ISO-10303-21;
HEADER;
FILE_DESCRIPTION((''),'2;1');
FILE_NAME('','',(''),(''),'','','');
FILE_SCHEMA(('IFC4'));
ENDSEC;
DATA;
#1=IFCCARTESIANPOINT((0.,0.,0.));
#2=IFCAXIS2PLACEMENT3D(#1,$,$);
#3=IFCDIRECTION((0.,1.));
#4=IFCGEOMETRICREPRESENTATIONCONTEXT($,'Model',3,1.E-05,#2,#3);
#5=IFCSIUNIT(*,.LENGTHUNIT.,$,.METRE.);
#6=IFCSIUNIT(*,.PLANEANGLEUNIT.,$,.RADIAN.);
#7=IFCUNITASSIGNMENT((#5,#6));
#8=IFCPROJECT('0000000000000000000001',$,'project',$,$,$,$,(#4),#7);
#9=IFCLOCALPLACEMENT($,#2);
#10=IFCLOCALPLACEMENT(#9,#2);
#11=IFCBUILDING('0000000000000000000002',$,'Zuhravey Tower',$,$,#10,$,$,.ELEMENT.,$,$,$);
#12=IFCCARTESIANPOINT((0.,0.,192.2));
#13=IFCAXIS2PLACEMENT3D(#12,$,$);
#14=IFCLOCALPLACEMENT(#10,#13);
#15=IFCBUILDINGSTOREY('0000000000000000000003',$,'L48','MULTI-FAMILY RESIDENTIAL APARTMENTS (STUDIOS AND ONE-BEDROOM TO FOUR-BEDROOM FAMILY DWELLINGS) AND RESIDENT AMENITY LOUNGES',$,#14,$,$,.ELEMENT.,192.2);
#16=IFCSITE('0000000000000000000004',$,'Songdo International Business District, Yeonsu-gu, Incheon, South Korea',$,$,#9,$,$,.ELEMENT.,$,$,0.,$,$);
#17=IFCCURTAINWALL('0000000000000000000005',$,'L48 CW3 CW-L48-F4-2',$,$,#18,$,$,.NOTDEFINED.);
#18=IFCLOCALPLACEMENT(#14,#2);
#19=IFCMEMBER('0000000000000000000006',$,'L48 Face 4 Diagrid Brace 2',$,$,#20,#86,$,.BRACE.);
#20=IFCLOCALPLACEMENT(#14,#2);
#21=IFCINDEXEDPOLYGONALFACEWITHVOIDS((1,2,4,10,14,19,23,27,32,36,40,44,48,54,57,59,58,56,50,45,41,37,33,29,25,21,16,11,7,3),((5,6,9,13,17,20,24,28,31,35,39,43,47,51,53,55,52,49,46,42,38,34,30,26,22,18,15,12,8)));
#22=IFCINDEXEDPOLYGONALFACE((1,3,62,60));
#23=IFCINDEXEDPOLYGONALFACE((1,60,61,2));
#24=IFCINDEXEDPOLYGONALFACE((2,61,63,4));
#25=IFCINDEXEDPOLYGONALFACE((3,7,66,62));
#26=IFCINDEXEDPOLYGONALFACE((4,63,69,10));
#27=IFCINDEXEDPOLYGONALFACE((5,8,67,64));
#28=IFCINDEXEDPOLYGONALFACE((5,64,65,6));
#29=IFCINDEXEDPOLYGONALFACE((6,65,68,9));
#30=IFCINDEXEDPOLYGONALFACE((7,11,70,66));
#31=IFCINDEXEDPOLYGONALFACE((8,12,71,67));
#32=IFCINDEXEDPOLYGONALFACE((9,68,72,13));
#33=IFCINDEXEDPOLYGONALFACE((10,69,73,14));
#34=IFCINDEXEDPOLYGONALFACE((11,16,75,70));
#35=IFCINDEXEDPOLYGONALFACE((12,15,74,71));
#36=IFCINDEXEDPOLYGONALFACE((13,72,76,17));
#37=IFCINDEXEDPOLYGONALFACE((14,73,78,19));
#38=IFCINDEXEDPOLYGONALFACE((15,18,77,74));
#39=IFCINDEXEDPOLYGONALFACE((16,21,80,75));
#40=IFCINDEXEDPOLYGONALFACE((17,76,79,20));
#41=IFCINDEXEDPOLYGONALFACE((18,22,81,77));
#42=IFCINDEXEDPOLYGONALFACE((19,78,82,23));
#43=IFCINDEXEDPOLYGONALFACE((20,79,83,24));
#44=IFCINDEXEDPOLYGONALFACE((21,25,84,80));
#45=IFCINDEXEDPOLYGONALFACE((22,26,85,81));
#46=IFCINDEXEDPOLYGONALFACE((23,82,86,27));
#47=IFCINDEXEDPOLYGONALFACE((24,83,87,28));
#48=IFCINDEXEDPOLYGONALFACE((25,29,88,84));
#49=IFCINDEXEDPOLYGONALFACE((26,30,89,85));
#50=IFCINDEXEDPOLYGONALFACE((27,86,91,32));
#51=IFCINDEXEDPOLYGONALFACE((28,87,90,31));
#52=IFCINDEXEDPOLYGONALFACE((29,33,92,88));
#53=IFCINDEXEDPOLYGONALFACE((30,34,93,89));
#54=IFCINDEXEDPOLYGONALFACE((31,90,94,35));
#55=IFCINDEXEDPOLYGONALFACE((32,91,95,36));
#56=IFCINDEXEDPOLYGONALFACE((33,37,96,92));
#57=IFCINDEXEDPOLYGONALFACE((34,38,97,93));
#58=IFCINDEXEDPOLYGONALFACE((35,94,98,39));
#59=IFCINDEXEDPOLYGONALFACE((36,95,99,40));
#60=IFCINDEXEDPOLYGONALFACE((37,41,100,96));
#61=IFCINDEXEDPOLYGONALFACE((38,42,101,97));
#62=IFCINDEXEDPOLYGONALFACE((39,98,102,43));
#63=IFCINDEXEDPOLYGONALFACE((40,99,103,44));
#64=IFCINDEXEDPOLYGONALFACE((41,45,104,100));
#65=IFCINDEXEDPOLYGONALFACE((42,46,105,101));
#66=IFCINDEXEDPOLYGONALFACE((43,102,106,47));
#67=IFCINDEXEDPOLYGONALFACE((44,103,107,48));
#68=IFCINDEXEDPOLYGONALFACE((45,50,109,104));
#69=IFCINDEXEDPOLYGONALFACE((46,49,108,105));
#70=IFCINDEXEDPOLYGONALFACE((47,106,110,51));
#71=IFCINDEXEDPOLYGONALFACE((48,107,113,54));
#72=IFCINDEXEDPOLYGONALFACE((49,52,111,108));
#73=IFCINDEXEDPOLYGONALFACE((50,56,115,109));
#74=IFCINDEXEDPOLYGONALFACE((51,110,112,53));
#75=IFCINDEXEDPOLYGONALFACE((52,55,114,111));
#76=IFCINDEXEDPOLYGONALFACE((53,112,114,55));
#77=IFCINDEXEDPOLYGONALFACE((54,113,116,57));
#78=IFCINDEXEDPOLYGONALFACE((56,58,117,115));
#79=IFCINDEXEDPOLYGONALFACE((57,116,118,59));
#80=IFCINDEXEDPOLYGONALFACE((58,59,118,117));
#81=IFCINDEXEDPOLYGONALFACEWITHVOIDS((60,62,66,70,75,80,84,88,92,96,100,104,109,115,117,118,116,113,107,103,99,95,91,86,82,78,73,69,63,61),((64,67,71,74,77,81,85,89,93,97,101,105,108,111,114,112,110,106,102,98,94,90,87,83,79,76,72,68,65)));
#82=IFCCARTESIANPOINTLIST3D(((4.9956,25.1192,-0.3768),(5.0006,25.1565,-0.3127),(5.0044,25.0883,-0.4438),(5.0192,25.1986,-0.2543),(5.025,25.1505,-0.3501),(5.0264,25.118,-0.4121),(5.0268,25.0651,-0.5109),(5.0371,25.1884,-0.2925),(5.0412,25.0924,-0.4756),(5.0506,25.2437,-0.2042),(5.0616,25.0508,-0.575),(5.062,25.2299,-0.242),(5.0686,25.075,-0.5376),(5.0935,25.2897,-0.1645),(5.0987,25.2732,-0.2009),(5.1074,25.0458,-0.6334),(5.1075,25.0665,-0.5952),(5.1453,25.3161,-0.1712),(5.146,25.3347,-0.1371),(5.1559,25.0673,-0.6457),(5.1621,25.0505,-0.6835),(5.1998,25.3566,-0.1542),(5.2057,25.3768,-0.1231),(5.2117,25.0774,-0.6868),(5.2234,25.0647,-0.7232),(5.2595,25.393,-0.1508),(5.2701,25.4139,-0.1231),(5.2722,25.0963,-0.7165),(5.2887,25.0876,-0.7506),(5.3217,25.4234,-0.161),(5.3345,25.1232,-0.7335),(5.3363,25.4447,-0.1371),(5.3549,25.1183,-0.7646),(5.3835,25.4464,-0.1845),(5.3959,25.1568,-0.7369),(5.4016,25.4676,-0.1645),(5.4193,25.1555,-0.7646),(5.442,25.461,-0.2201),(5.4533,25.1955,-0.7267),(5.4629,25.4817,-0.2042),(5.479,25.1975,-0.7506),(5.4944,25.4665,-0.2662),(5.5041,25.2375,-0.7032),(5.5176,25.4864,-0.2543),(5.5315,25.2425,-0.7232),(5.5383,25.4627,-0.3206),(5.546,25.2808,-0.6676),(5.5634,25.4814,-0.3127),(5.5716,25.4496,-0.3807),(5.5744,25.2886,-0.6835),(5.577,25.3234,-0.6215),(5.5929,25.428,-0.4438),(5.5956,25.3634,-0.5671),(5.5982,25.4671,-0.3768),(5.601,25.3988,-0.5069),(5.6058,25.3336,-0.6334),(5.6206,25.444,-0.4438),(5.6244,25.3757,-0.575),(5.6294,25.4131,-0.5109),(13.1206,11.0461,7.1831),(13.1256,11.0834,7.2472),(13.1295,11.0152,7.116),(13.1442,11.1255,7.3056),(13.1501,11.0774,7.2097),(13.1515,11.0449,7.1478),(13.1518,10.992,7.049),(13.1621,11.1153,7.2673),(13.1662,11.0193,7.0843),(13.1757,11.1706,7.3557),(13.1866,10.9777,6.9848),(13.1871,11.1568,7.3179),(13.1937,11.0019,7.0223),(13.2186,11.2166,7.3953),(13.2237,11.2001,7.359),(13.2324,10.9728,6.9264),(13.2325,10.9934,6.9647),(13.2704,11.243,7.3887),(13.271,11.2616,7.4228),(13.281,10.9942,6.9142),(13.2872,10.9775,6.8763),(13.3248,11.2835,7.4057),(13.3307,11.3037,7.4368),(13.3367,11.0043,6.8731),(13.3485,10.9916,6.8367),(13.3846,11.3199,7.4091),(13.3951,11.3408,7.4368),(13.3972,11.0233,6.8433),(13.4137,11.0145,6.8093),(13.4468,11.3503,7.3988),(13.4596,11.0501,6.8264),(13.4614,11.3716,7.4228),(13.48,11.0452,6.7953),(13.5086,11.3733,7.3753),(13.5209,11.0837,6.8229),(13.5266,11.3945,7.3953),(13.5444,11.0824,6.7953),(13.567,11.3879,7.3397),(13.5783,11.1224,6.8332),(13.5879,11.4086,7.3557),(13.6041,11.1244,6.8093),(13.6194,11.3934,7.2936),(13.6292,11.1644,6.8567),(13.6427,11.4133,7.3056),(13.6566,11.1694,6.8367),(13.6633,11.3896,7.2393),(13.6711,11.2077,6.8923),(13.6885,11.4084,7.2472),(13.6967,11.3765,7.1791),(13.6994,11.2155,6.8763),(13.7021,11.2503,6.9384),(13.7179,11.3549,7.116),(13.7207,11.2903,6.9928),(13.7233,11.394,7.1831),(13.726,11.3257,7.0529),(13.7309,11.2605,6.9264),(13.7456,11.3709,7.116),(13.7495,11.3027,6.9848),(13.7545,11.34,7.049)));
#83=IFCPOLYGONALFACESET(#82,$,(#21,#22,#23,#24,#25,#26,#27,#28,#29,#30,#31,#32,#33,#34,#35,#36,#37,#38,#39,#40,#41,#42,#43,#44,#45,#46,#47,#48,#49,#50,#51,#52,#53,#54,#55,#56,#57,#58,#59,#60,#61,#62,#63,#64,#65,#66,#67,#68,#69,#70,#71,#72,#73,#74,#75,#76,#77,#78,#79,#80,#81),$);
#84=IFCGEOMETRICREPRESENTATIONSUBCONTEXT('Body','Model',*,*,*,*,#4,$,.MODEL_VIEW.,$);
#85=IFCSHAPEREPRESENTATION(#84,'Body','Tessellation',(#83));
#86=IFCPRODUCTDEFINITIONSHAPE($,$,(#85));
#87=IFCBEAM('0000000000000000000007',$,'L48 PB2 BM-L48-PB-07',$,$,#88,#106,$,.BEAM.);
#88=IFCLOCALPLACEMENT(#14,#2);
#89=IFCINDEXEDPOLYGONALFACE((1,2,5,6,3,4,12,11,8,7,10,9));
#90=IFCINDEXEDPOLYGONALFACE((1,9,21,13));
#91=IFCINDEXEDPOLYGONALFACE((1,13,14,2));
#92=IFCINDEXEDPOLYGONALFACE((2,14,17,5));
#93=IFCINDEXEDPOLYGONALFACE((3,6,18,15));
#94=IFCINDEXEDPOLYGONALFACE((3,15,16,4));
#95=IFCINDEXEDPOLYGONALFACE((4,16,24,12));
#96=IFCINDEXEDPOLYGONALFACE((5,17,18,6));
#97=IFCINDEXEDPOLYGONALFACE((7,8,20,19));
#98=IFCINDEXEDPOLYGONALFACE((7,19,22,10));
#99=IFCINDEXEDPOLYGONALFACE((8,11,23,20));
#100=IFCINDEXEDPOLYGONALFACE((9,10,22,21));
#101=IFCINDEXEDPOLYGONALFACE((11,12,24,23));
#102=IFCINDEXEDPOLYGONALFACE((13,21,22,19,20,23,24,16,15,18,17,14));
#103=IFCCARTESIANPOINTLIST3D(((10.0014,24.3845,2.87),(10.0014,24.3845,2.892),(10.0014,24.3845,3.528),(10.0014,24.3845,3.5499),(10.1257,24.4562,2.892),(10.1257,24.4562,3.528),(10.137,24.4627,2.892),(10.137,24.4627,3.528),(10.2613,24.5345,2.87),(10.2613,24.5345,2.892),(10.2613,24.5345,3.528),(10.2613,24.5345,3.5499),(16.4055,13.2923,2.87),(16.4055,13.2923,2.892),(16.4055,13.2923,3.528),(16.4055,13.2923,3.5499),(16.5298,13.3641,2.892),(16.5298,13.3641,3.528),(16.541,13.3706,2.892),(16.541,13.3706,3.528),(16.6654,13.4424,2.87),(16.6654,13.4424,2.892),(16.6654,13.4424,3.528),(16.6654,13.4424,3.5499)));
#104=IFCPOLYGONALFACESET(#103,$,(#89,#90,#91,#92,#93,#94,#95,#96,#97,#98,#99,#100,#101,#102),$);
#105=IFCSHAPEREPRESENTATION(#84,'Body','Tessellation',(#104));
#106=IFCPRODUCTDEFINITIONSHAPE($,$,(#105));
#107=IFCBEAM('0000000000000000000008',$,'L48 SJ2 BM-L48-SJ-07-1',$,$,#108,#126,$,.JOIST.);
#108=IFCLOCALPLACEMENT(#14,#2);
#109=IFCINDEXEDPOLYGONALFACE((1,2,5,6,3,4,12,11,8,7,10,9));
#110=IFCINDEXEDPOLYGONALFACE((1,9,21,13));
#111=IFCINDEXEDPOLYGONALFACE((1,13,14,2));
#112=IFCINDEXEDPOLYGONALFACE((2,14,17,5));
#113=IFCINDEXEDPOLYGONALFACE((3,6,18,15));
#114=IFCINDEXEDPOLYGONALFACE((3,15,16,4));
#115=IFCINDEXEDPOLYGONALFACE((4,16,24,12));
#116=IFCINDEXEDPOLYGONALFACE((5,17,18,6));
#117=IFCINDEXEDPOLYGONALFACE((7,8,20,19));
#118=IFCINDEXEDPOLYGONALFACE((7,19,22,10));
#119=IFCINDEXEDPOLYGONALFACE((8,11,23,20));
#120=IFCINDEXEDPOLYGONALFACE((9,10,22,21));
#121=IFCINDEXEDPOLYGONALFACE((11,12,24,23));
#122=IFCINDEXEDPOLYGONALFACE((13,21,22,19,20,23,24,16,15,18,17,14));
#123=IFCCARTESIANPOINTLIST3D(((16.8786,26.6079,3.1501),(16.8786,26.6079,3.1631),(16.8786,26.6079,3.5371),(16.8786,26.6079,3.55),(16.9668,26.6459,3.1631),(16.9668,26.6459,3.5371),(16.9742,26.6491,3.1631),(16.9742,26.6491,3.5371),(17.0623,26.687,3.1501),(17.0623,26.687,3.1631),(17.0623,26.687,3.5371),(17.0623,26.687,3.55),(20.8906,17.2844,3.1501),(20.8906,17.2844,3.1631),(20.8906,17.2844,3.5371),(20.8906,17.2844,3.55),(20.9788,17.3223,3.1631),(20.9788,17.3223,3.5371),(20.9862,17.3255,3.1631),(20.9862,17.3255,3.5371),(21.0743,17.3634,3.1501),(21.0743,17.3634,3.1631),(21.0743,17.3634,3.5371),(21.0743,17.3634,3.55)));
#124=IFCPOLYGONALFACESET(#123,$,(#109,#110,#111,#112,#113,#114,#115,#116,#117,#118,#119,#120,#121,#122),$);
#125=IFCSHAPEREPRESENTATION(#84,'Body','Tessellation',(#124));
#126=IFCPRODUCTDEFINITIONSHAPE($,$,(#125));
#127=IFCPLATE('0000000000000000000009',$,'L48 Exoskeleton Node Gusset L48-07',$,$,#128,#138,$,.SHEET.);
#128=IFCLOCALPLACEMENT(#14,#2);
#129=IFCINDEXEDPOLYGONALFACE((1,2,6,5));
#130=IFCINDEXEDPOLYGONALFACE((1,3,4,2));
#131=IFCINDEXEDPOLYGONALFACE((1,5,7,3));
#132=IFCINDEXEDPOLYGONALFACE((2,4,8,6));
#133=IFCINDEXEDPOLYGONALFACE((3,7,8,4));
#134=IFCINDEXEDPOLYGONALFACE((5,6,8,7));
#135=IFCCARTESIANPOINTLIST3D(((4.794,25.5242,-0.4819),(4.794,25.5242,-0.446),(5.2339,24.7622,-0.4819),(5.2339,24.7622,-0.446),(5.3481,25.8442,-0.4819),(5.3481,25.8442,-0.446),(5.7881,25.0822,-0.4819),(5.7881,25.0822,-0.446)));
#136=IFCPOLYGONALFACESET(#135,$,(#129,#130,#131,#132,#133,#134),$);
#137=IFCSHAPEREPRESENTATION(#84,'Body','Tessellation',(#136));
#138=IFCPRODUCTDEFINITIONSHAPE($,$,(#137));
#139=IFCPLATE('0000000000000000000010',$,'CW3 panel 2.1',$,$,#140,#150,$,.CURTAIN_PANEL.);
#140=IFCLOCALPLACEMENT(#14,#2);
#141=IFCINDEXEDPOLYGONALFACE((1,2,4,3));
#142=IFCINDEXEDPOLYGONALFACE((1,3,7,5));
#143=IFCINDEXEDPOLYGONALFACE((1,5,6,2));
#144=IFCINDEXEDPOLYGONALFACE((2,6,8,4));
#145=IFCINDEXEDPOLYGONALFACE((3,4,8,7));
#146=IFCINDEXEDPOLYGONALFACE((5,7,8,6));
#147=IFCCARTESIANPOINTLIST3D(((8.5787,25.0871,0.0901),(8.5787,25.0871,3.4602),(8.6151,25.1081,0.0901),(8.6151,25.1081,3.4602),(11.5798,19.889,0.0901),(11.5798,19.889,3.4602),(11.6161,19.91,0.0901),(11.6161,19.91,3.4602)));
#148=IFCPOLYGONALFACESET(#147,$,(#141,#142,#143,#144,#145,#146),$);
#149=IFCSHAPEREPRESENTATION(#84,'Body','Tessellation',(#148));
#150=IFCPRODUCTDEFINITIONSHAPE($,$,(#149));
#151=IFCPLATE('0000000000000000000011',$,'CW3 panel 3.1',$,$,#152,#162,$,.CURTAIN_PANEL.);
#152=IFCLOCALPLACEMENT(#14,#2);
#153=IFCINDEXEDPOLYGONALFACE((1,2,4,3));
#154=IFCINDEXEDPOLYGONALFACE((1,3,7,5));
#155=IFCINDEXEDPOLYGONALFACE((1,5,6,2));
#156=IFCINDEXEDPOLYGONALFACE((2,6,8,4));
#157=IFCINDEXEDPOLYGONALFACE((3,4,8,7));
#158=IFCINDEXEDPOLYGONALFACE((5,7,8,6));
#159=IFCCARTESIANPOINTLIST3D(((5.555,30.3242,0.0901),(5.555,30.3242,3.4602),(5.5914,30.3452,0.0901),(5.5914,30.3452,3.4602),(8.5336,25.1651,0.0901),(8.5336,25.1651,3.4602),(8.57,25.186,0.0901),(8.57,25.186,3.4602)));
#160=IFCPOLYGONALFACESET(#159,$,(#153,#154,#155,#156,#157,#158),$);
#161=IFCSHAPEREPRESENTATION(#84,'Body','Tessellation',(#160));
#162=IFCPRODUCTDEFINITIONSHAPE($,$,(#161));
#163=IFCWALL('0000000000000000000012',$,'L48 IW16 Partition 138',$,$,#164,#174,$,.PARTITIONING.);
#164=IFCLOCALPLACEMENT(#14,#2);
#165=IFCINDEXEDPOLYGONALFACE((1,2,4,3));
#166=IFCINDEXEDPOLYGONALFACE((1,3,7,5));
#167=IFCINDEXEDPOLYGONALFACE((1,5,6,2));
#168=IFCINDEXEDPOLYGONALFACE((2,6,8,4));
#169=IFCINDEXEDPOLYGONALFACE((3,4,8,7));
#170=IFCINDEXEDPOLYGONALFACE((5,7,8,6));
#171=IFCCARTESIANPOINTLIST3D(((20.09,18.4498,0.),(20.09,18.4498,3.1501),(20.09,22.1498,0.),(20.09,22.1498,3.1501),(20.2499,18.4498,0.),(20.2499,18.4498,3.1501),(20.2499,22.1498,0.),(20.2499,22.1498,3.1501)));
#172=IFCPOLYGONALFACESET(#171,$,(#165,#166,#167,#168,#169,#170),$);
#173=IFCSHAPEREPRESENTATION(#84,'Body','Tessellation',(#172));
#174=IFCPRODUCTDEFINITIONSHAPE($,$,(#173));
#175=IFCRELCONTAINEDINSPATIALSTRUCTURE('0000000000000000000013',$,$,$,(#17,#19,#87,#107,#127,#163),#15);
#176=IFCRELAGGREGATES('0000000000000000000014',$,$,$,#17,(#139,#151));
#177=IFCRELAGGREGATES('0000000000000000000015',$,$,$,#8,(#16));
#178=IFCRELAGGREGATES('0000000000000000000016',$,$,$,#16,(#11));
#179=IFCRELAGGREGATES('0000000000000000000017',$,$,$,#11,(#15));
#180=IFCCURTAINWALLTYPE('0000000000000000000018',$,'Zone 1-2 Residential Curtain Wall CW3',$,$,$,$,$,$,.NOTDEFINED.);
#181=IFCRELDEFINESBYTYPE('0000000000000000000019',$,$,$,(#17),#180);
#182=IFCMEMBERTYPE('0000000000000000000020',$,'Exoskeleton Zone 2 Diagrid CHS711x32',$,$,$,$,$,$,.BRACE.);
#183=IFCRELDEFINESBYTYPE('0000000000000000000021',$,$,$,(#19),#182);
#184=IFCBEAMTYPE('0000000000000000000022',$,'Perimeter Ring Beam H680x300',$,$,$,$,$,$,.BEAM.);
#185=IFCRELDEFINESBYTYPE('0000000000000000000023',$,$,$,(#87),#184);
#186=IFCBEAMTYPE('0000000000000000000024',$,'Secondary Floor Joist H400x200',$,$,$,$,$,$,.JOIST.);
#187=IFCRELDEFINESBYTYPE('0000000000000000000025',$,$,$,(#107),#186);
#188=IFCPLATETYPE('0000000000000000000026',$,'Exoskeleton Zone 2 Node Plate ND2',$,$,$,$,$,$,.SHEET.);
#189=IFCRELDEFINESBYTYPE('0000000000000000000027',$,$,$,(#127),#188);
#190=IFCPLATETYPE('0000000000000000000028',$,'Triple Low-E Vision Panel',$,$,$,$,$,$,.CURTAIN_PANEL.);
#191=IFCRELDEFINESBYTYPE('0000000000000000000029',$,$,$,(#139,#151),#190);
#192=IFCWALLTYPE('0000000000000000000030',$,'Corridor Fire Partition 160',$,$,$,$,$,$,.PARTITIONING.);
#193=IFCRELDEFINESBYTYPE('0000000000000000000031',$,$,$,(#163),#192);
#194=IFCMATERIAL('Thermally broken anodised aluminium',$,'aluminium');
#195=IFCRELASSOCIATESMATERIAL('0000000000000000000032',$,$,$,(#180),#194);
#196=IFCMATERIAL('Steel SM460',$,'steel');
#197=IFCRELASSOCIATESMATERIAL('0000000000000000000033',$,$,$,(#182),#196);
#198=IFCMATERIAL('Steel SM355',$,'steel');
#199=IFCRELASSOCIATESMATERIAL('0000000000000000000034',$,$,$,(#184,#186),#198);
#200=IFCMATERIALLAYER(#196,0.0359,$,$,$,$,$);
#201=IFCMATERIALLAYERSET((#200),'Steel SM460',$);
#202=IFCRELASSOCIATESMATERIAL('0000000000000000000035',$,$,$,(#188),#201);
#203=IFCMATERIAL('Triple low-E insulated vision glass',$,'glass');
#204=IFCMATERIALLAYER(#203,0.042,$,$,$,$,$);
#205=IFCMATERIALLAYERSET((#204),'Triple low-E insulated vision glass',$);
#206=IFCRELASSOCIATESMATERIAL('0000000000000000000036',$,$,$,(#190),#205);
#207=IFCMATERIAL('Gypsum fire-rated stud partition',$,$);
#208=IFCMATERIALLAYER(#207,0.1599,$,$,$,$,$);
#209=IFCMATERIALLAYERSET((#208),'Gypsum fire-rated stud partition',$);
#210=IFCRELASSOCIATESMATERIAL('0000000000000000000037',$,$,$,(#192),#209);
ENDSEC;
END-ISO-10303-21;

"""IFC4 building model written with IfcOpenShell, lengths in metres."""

from ifc_helpers import new_model, si_unit, direction, frame, frame_2d, origin, origin_2d, place, context, subcontext, project, spatial, rectangle, hollow_circle, i_section, extrude, material, layer, layer_set, material_profile, profile_set, type_object, element, aggregate, save


model = new_model("IFC4")

# Units and contexts
model_context = context("Model", 3, precision=1e-05, world=origin(), true_north=direction((0.0, 1.0)))
body_context = subcontext(model_context, "Body", "Model", "MODEL_VIEW")
ifc_project = project(units=[si_unit("LENGTHUNIT", "METRE"), si_unit("PLANEANGLEUNIT", "RADIAN")], contexts=[model_context])

# Site, building, storey
site_placement = place(None, origin())
site = spatial("IfcSite", under=ifc_project, at=site_placement, Name="Songdo International Business District, Yeonsu-gu, Incheon, South Korea", CompositionType="ELEMENT", RefElevation=0.0)
building_placement = place(site_placement, origin())
building = spatial("IfcBuilding", under=site, at=building_placement, Name="Zuhravey Tower", CompositionType="ELEMENT")
storey_placement = place(building_placement, frame((0.0, 0.0, 192.2)))
storey = spatial("IfcBuildingStorey", under=building, at=storey_placement, Name="L48", Description="MULTI-FAMILY RESIDENTIAL APARTMENTS (STUDIOS AND ONE-BEDROOM TO FOUR-BEDROOM FAMILY DWELLINGS) AND RESIDENT AMENITY LOUNGES", CompositionType="ELEMENT", Elevation=192.2)

# Curtain wall
ifc_material_1 = material(Name="Thermally broken anodised aluminium", Category="aluminium")
curtain_wall_type = type_object("IfcCurtainWallType", Name="Zone 1-2 Residential Curtain Wall CW3", PredefinedType="NOTDEFINED", material=ifc_material_1)
curtain_wall_placement = place(storey_placement, origin())
curtain_wall = element("IfcCurtainWall", 1, at=curtain_wall_placement, inside=storey, type_object=curtain_wall_type, Name="L48 CW3 CW-L48-F4-2", PredefinedType="NOTDEFINED")

# Member
ifc_material_2 = material(Name="Steel SM355", Category="steel")
ifc_material_3 = material(Name="Steel SM460", Category="steel")
ifc_material_profile_1 = material_profile(ifc_material_3, hollow_circle(Radius=0.3557, WallThickness=0.032, at=origin_2d()), Name="CHS-711.2x32")
ifc_profile_set_1 = profile_set([ifc_material_profile_1], Name="Steel SM460")
member_type_1 = type_object("IfcMemberType", Name="Exoskeleton Zone 2 Diagrid CHS711x32", PredefinedType="BRACE", material=ifc_profile_set_1)
member_1_placement = place(storey_placement, frame((5.3125, 25.2661, -0.4438), z_axis=(0.453341, -0.785214, 0.421806), x_axis=(0.866027, 0.499998, 0.0)))
element("IfcMember", 2, at=member_1_placement, inside=storey, type_object=member_type_1, Name="L48 Face 4 Diagrid Brace 2", PredefinedType="BRACE", context=body_context, shape_type="SweptSolid", body=[
    extrude(hollow_circle(Radius=0.3557, WallThickness=0.032, at=origin_2d()), origin(), (0.0, 0.0, 1.0), 17.9226),
])

# Beams
ifc_material_profile_2 = material_profile(ifc_material_2, i_section(OverallWidth=0.3, OverallDepth=0.6799, WebThickness=0.0129, FlangeThickness=0.022, at=origin_2d()), Name="H-680x300x13x22")
ifc_profile_set_2 = profile_set([ifc_material_profile_2], Name="Steel SM355")
beam_type_1 = type_object("IfcBeamType", Name="Perimeter Ring Beam H680x300", PredefinedType="BEAM", material=ifc_profile_set_2)
beam_1_placement = place(storey_placement, frame((10.1313, 24.4595, 3.21), z_axis=(0.500004, -0.866023, 0.0), x_axis=(0.866023, 0.500004, 0.0)))
element("IfcBeam", 3, at=beam_1_placement, inside=storey, type_object=beam_type_1, Name="L48 PB2 BM-L48-PB-07", PredefinedType="BEAM", context=body_context, shape_type="SweptSolid", body=[
    extrude(i_section(OverallWidth=0.3, OverallDepth=0.6799, WebThickness=0.0129, FlangeThickness=0.022, at=origin_2d()), origin(), (0.0, 0.0, 1.0), 12.8081),
])
ifc_material_profile_3 = material_profile(ifc_material_2, i_section(OverallWidth=0.2, OverallDepth=0.3999, WebThickness=0.0081, FlangeThickness=0.0129, at=origin_2d()), Name="H-400x200x8x13")
ifc_profile_set_3 = profile_set([ifc_material_profile_3], Name="Steel SM355")
beam_type_2 = type_object("IfcBeamType", Name="Secondary Floor Joist H400x200", PredefinedType="JOIST", material=ifc_profile_set_3)
beam_2_placement = place(storey_placement, frame((16.9705, 26.6475, 3.3501), z_axis=(0.395266, -0.918567, 0.0), x_axis=(0.918567, 0.395266, 0.0)))
element("IfcBeam", 4, at=beam_2_placement, inside=storey, type_object=beam_type_2, Name="L48 SJ2 BM-L48-SJ-07-1", PredefinedType="JOIST", context=body_context, shape_type="SweptSolid", body=[
    extrude(i_section(OverallWidth=0.2, OverallDepth=0.3999, WebThickness=0.0081, FlangeThickness=0.0129, at=origin_2d()), origin(), (0.0, 0.0, 1.0), 10.1501),
])

# Plates
ifc_layer_1 = layer(ifc_material_3, 0.0359)
ifc_layer_set_1 = layer_set([ifc_layer_1], Name="Steel SM460")
plate_type_1 = type_object("IfcPlateType", Name="Exoskeleton Zone 2 Node Plate ND2", PredefinedType="SHEET", material=ifc_layer_set_1)
plate_1_placement = place(storey_placement, frame((5.291, 25.3032, -0.4819), z_axis=(0.0, 0.0, 1.0), x_axis=(0.5, -0.866025, 0.0)))
element("IfcPlate", 5, at=plate_1_placement, inside=storey, type_object=plate_type_1, Name="L48 Exoskeleton Node Gusset L48-07", PredefinedType="SHEET", context=body_context, shape_type="SweptSolid", body=[
    extrude(rectangle(XDim=0.8799, YDim=0.6399, at=origin_2d()), origin(), (0.0, 0.0, 1.0), 0.0359),
])
ifc_material_4 = material(Name="Triple low-E insulated vision glass", Category="glass")
ifc_layer_2 = layer(ifc_material_4, 0.042)
ifc_layer_set_2 = layer_set([ifc_layer_2], Name="Triple low-E insulated vision glass")
plate_type_2 = type_object("IfcPlateType", Name="Triple Low-E Vision Panel", PredefinedType="CURTAIN_PANEL", material=ifc_layer_set_2)
plate_2_placement = place(storey_placement, frame((10.0974, 22.4985, 0.0901), z_axis=(0.0, 0.0, 1.0), x_axis=(-0.499998, 0.866026, 0.0)))
plate_2 = element("IfcPlate", 6, at=plate_2_placement, type_object=plate_type_2, Name="CW3 panel 2.1", PredefinedType="CURTAIN_PANEL", context=body_context, shape_type="SweptSolid", body=[
    extrude(rectangle(XDim=6.0022, YDim=0.042, at=origin_2d()), origin(), (0.0, 0.0, 1.0), 3.3701),
])
plate_3_placement = place(storey_placement, frame((7.0625, 27.7551, 0.0901), z_axis=(0.0, 0.0, 1.0), x_axis=(-0.499998, 0.866026, 0.0)))
plate_3 = element("IfcPlate", 7, at=plate_3_placement, type_object=plate_type_2, Name="CW3 panel 3.1", PredefinedType="CURTAIN_PANEL", context=body_context, shape_type="SweptSolid", body=[
    extrude(rectangle(XDim=5.9573, YDim=0.042, at=origin_2d()), origin(), (0.0, 0.0, 1.0), 3.3701),
])
aggregate(curtain_wall, [plate_2, plate_3])

# Wall
ifc_material_5 = material(Name="Gypsum fire-rated stud partition")
ifc_layer_3 = layer(ifc_material_5, 0.1599)
ifc_layer_set_3 = layer_set([ifc_layer_3], Name="Gypsum fire-rated stud partition")
wall_type_1 = type_object("IfcWallType", Name="Corridor Fire Partition 160", PredefinedType="PARTITIONING", material=ifc_layer_set_3)
wall_1_placement = place(storey_placement, frame((20.1699, 22.1499, 0.0), z_axis=(0.0, 0.0, 1.0), x_axis=(0.0, -1.0, 0.0)))
element("IfcWall", 8, at=wall_1_placement, inside=storey, type_object=wall_type_1, Name="L48 IW16 Partition 138", PredefinedType="PARTITIONING", context=body_context, shape_type="SweptSolid", body=[
    extrude(rectangle(XDim=3.7, YDim=0.1599, at=frame_2d((1.8501, 0.0))), origin(), (0.0, 0.0, 1.0), 3.1501),
])

save(model, "model.ifc")
